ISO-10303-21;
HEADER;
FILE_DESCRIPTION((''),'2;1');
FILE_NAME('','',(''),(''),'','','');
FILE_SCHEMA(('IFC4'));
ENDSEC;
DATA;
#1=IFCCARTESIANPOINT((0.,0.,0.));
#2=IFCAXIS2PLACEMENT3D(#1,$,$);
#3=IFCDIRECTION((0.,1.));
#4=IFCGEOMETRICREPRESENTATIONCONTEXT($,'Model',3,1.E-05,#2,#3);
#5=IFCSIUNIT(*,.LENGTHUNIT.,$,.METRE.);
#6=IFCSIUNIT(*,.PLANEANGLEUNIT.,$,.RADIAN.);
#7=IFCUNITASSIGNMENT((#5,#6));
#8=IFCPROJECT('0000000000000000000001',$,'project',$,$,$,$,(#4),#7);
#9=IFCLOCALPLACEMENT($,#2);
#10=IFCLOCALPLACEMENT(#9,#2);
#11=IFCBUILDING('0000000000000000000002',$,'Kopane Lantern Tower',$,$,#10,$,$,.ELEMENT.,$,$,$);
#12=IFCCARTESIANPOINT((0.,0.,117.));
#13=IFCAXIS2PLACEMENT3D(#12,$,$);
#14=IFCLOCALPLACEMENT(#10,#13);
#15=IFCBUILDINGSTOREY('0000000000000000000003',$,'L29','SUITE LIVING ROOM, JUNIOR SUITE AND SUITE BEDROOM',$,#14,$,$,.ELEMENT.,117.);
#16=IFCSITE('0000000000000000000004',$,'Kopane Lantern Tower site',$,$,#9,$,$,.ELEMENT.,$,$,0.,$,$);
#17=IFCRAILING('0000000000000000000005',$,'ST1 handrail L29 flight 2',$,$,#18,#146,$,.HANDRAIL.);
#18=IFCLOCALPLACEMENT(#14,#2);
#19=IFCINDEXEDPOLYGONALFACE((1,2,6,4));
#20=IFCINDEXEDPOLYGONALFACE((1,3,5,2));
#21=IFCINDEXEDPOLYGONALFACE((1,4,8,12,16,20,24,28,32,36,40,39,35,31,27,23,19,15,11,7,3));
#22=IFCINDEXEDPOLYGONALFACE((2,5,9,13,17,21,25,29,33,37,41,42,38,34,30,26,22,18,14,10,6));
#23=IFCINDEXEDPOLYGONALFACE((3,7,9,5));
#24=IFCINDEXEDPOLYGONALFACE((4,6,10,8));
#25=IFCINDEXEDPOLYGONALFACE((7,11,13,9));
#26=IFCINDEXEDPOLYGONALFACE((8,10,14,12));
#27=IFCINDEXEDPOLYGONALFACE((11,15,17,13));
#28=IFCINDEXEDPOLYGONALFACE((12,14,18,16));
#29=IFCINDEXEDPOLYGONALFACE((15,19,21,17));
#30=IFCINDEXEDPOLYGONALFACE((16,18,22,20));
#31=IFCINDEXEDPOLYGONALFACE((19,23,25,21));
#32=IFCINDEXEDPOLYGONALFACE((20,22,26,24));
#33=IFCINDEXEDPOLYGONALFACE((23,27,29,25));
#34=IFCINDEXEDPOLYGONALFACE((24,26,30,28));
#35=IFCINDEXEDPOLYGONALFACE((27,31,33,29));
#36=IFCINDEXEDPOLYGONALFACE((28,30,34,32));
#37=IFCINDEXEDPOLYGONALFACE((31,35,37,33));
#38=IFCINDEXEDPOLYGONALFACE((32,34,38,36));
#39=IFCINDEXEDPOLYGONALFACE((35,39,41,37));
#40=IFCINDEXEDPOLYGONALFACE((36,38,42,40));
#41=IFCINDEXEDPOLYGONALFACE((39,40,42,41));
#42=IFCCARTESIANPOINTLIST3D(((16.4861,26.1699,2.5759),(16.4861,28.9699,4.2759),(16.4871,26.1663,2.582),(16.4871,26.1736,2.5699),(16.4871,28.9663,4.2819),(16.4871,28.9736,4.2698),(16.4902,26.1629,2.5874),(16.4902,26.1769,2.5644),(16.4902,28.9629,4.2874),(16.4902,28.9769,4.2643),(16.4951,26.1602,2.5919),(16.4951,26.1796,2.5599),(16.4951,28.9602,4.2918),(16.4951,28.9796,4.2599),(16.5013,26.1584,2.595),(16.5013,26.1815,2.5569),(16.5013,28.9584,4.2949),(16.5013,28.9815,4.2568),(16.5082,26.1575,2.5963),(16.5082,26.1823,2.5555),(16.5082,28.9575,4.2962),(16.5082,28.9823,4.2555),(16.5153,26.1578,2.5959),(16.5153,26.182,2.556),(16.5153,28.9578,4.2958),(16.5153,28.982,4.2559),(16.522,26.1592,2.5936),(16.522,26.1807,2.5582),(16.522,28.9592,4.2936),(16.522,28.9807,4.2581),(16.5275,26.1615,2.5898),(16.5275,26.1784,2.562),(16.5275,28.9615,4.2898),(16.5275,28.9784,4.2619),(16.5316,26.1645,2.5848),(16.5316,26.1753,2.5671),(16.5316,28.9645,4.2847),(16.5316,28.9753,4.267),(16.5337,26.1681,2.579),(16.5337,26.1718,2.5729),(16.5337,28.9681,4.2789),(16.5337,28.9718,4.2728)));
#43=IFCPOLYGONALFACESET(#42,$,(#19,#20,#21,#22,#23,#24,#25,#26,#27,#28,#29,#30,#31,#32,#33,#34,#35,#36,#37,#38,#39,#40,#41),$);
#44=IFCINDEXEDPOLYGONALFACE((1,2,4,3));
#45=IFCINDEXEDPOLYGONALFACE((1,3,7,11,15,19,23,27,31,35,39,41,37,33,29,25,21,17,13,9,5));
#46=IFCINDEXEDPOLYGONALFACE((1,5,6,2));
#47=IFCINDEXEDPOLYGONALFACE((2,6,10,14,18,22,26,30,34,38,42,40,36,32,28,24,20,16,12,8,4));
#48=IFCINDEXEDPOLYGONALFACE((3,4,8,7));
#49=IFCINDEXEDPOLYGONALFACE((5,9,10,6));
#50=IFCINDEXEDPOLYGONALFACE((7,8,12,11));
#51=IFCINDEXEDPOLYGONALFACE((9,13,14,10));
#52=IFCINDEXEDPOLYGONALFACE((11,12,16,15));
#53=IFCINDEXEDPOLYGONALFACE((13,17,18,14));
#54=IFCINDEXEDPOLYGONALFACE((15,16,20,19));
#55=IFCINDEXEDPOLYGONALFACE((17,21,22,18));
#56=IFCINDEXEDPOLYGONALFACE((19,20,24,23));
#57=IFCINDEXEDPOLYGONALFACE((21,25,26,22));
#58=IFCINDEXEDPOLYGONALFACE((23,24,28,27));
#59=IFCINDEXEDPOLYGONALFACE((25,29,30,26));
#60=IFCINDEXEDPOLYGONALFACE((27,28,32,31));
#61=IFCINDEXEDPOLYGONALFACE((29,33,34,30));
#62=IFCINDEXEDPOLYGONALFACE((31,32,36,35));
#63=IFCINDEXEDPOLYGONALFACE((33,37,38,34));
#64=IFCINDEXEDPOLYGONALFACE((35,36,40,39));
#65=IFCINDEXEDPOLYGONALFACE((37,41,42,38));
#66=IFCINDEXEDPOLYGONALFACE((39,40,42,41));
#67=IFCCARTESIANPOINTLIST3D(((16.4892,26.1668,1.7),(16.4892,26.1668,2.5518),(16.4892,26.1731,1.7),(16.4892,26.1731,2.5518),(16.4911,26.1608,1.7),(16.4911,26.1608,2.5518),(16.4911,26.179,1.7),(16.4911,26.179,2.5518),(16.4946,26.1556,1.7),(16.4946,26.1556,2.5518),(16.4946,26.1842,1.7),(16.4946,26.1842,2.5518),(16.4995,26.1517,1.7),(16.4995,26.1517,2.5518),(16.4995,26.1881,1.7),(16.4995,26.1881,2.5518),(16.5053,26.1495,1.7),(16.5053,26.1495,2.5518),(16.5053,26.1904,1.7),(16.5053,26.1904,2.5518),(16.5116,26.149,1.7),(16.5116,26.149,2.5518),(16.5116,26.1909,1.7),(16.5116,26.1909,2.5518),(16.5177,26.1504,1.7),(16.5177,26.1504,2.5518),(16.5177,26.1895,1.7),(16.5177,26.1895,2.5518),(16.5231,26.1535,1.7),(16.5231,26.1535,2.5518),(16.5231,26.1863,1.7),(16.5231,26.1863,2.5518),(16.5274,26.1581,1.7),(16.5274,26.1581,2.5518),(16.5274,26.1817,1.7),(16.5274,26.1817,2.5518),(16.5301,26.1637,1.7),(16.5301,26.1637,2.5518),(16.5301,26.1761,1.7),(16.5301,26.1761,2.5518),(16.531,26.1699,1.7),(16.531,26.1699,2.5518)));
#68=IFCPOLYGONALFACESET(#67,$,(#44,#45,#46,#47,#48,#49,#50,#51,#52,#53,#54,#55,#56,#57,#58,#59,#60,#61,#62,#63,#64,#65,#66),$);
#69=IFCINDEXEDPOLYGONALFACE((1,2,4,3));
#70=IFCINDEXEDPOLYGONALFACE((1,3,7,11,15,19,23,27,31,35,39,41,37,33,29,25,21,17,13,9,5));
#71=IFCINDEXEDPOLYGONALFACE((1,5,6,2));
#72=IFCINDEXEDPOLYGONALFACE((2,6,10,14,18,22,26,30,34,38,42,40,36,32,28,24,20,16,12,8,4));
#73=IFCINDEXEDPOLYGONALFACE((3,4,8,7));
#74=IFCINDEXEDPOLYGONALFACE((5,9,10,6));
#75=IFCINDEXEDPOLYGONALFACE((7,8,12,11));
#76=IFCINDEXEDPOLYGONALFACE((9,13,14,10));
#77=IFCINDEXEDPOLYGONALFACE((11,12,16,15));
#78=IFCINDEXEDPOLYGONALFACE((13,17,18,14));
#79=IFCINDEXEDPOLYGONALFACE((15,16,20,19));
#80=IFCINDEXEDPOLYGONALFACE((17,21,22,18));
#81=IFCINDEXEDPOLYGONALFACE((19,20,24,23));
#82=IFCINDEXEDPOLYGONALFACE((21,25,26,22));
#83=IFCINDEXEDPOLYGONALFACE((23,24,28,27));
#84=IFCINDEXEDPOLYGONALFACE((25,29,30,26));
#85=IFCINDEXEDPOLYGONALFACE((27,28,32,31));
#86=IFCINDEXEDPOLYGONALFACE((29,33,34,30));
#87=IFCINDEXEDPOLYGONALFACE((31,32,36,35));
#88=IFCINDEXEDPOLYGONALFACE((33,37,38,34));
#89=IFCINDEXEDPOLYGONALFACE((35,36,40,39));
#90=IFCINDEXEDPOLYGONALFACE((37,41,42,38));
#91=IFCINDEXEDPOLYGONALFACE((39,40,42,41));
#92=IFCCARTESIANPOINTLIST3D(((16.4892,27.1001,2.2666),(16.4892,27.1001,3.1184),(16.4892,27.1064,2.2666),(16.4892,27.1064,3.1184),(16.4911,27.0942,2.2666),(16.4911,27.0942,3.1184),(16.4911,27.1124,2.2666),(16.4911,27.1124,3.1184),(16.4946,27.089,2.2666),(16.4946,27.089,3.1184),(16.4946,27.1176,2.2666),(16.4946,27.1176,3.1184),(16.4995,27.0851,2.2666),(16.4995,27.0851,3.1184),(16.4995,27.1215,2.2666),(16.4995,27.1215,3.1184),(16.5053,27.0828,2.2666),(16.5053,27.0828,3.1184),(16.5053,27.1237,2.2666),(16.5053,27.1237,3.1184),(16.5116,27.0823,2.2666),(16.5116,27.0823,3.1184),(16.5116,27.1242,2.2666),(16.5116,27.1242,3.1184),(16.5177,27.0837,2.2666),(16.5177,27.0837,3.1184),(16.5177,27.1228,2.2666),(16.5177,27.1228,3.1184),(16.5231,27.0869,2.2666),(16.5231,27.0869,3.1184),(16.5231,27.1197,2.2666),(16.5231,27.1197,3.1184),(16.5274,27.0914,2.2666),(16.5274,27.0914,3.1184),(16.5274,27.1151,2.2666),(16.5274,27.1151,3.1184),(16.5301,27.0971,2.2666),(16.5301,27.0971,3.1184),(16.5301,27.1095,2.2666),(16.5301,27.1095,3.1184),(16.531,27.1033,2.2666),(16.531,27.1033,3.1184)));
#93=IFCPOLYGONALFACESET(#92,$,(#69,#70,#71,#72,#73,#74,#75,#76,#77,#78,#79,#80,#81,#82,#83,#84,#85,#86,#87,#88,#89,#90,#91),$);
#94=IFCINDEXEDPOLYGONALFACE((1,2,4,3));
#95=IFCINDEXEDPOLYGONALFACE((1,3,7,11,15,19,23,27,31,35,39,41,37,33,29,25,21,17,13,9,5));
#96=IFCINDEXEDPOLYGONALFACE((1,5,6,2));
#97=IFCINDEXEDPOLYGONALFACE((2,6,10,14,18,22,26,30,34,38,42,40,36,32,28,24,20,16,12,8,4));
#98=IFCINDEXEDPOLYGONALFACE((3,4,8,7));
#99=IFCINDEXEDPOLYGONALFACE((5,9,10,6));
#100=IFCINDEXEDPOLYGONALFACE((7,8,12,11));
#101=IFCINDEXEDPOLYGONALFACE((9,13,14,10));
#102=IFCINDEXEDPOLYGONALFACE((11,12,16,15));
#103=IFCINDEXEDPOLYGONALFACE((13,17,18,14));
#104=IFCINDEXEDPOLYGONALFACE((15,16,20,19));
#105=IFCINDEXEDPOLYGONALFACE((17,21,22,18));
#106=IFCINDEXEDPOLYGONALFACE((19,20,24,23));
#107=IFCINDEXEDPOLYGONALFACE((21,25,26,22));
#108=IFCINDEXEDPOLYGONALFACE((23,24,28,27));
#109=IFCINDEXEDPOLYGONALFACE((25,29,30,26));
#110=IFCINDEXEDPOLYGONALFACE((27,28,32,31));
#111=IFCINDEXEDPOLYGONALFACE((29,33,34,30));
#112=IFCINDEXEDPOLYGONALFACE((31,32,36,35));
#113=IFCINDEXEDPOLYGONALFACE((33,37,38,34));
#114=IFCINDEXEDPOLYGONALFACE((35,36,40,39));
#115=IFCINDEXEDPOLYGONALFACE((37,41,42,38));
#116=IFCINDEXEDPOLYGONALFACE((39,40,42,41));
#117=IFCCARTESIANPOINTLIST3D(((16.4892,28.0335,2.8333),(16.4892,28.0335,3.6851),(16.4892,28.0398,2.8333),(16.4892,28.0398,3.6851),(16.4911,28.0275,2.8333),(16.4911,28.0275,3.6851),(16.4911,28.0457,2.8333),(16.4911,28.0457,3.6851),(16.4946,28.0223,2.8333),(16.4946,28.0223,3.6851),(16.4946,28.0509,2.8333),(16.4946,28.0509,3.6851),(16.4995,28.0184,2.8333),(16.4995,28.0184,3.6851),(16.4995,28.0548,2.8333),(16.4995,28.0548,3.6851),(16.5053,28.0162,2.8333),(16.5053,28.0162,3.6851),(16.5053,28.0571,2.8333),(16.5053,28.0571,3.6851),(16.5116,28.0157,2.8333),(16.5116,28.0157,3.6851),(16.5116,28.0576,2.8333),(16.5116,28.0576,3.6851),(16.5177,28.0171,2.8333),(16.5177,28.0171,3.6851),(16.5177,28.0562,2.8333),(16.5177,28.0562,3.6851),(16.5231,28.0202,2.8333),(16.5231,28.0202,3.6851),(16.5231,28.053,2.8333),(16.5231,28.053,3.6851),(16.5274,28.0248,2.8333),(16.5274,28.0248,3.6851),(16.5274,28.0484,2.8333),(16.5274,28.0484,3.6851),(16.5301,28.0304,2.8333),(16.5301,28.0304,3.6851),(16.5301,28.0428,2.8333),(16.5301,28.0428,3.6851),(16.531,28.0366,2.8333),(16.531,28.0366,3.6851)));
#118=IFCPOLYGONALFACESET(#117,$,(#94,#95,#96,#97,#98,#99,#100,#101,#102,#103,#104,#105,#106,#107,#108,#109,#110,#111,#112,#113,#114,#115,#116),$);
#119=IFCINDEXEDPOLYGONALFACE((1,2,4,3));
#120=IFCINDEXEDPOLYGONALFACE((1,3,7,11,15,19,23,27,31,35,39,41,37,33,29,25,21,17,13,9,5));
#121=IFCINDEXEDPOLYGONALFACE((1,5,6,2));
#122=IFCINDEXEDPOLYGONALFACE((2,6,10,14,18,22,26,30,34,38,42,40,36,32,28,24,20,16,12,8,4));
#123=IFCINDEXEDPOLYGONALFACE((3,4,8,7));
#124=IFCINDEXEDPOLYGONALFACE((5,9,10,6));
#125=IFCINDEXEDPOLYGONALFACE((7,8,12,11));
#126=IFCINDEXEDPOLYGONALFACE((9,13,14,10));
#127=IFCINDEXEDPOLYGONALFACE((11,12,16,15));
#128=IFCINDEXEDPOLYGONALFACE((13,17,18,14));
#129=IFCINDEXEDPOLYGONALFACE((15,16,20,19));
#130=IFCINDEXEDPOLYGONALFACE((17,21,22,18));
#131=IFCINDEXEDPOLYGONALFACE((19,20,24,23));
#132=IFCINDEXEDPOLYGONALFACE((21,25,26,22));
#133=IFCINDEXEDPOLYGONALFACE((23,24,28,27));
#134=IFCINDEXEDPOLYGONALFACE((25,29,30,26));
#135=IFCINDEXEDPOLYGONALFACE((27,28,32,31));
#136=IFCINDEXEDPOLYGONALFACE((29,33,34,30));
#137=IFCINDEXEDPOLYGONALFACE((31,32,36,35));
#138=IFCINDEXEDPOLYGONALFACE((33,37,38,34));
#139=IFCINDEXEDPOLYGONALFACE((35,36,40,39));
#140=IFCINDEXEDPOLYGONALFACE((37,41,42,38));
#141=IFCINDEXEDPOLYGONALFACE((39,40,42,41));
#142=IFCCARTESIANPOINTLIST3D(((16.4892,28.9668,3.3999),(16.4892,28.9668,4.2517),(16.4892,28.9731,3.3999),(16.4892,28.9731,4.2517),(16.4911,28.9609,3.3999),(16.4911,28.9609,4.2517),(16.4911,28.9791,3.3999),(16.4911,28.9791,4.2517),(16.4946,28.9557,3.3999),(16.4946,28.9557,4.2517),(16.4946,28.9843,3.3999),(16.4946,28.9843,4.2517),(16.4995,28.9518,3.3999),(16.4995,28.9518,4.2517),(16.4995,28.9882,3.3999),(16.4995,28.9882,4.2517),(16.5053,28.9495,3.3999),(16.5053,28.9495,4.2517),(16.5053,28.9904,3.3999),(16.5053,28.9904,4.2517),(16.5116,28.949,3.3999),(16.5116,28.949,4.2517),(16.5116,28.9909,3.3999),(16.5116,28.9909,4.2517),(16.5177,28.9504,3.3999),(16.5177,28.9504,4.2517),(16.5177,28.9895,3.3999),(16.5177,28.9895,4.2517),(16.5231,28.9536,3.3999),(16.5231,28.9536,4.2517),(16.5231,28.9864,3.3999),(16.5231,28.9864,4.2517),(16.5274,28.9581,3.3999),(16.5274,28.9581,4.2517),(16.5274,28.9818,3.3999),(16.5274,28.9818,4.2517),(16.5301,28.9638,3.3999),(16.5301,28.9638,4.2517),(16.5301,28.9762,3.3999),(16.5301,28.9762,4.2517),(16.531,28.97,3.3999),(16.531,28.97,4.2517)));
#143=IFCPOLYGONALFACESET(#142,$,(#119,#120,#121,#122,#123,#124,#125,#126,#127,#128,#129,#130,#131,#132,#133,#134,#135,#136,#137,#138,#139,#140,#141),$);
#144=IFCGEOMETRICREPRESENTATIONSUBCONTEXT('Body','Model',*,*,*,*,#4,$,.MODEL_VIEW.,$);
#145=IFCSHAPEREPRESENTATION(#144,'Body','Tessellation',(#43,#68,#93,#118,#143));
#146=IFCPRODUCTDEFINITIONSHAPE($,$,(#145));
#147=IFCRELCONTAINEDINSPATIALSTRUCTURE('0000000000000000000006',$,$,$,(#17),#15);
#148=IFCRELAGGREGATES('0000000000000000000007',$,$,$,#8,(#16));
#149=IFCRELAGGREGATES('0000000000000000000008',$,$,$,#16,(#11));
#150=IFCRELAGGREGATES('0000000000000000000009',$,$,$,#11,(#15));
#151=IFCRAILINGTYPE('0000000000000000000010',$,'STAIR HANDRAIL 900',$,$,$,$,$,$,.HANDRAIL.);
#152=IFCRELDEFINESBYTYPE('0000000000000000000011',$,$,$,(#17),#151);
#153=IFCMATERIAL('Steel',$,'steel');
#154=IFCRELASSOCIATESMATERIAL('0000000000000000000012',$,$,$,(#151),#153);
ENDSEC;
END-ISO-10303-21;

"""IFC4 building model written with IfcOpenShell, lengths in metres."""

from ifc_helpers import new_model, si_unit, direction, frame, origin, origin_2d, place, context, subcontext, project, spatial, circle, extrude, material, type_object, element, save


model = new_model("IFC4")

# Units and contexts
model_context = context("Model", 3, precision=1e-05, world=origin(), true_north=direction((0.0, 1.0)))
body_context = subcontext(model_context, "Body", "Model", "MODEL_VIEW")
ifc_project = project(units=[si_unit("LENGTHUNIT", "METRE"), si_unit("PLANEANGLEUNIT", "RADIAN")], contexts=[model_context])

# Site, building, storey
site_placement = place(None, origin())
site = spatial("IfcSite", under=ifc_project, at=site_placement, Name="Kopane Lantern Tower site", CompositionType="ELEMENT", RefElevation=0.0)
building_placement = place(site_placement, origin())
building = spatial("IfcBuilding", under=site, at=building_placement, Name="Kopane Lantern Tower", CompositionType="ELEMENT")
storey_placement = place(building_placement, frame((0.0, 0.0, 117.0)))
storey = spatial("IfcBuildingStorey", under=building, at=storey_placement, Name="L29", Description="SUITE LIVING ROOM, JUNIOR SUITE AND SUITE BEDROOM", CompositionType="ELEMENT", Elevation=117.0)

# Railing
ifc_material_1 = material(Name="Steel", Category="steel")
railing_type = type_object("IfcRailingType", Name="STAIR HANDRAIL 900", PredefinedType="HANDRAIL", material=ifc_material_1)
for number, where, name in (
    (1, (16.51, 26.1699, 1.7), "ST1 handrail L29 flight 2"),
):
    element("IfcRailing", number, at=place(storey_placement, frame(where)), inside=storey, type_object=railing_type, Name=name, PredefinedType="HANDRAIL", context=body_context, shape_type="SweptSolid", body=[
        extrude(circle(Radius=0.0239, at=origin_2d()), frame((0.0, 0.0, 0.876), z_axis=(0.0, 0.854798, 0.518961), x_axis=(-1.0, 0.0, 0.0)), (0.0, 0.0, 1.0), 3.2756),
        extrude(circle(Radius=0.021, at=origin_2d()), origin(), (0.0, 0.0, 1.0), 0.8518),
        extrude(circle(Radius=0.021, at=origin_2d()), frame((0.0, 0.9333, 0.5667)), (0.0, 0.0, 1.0), 0.8518),
        extrude(circle(Radius=0.021, at=origin_2d()), frame((0.0, 1.8667, 1.1333)), (0.0, 0.0, 1.0), 0.8518),
        extrude(circle(Radius=0.021, at=origin_2d()), frame((0.0, 2.8, 1.7)), (0.0, 0.0, 1.0), 0.8518),
    ])

save(model, "model.ifc")
